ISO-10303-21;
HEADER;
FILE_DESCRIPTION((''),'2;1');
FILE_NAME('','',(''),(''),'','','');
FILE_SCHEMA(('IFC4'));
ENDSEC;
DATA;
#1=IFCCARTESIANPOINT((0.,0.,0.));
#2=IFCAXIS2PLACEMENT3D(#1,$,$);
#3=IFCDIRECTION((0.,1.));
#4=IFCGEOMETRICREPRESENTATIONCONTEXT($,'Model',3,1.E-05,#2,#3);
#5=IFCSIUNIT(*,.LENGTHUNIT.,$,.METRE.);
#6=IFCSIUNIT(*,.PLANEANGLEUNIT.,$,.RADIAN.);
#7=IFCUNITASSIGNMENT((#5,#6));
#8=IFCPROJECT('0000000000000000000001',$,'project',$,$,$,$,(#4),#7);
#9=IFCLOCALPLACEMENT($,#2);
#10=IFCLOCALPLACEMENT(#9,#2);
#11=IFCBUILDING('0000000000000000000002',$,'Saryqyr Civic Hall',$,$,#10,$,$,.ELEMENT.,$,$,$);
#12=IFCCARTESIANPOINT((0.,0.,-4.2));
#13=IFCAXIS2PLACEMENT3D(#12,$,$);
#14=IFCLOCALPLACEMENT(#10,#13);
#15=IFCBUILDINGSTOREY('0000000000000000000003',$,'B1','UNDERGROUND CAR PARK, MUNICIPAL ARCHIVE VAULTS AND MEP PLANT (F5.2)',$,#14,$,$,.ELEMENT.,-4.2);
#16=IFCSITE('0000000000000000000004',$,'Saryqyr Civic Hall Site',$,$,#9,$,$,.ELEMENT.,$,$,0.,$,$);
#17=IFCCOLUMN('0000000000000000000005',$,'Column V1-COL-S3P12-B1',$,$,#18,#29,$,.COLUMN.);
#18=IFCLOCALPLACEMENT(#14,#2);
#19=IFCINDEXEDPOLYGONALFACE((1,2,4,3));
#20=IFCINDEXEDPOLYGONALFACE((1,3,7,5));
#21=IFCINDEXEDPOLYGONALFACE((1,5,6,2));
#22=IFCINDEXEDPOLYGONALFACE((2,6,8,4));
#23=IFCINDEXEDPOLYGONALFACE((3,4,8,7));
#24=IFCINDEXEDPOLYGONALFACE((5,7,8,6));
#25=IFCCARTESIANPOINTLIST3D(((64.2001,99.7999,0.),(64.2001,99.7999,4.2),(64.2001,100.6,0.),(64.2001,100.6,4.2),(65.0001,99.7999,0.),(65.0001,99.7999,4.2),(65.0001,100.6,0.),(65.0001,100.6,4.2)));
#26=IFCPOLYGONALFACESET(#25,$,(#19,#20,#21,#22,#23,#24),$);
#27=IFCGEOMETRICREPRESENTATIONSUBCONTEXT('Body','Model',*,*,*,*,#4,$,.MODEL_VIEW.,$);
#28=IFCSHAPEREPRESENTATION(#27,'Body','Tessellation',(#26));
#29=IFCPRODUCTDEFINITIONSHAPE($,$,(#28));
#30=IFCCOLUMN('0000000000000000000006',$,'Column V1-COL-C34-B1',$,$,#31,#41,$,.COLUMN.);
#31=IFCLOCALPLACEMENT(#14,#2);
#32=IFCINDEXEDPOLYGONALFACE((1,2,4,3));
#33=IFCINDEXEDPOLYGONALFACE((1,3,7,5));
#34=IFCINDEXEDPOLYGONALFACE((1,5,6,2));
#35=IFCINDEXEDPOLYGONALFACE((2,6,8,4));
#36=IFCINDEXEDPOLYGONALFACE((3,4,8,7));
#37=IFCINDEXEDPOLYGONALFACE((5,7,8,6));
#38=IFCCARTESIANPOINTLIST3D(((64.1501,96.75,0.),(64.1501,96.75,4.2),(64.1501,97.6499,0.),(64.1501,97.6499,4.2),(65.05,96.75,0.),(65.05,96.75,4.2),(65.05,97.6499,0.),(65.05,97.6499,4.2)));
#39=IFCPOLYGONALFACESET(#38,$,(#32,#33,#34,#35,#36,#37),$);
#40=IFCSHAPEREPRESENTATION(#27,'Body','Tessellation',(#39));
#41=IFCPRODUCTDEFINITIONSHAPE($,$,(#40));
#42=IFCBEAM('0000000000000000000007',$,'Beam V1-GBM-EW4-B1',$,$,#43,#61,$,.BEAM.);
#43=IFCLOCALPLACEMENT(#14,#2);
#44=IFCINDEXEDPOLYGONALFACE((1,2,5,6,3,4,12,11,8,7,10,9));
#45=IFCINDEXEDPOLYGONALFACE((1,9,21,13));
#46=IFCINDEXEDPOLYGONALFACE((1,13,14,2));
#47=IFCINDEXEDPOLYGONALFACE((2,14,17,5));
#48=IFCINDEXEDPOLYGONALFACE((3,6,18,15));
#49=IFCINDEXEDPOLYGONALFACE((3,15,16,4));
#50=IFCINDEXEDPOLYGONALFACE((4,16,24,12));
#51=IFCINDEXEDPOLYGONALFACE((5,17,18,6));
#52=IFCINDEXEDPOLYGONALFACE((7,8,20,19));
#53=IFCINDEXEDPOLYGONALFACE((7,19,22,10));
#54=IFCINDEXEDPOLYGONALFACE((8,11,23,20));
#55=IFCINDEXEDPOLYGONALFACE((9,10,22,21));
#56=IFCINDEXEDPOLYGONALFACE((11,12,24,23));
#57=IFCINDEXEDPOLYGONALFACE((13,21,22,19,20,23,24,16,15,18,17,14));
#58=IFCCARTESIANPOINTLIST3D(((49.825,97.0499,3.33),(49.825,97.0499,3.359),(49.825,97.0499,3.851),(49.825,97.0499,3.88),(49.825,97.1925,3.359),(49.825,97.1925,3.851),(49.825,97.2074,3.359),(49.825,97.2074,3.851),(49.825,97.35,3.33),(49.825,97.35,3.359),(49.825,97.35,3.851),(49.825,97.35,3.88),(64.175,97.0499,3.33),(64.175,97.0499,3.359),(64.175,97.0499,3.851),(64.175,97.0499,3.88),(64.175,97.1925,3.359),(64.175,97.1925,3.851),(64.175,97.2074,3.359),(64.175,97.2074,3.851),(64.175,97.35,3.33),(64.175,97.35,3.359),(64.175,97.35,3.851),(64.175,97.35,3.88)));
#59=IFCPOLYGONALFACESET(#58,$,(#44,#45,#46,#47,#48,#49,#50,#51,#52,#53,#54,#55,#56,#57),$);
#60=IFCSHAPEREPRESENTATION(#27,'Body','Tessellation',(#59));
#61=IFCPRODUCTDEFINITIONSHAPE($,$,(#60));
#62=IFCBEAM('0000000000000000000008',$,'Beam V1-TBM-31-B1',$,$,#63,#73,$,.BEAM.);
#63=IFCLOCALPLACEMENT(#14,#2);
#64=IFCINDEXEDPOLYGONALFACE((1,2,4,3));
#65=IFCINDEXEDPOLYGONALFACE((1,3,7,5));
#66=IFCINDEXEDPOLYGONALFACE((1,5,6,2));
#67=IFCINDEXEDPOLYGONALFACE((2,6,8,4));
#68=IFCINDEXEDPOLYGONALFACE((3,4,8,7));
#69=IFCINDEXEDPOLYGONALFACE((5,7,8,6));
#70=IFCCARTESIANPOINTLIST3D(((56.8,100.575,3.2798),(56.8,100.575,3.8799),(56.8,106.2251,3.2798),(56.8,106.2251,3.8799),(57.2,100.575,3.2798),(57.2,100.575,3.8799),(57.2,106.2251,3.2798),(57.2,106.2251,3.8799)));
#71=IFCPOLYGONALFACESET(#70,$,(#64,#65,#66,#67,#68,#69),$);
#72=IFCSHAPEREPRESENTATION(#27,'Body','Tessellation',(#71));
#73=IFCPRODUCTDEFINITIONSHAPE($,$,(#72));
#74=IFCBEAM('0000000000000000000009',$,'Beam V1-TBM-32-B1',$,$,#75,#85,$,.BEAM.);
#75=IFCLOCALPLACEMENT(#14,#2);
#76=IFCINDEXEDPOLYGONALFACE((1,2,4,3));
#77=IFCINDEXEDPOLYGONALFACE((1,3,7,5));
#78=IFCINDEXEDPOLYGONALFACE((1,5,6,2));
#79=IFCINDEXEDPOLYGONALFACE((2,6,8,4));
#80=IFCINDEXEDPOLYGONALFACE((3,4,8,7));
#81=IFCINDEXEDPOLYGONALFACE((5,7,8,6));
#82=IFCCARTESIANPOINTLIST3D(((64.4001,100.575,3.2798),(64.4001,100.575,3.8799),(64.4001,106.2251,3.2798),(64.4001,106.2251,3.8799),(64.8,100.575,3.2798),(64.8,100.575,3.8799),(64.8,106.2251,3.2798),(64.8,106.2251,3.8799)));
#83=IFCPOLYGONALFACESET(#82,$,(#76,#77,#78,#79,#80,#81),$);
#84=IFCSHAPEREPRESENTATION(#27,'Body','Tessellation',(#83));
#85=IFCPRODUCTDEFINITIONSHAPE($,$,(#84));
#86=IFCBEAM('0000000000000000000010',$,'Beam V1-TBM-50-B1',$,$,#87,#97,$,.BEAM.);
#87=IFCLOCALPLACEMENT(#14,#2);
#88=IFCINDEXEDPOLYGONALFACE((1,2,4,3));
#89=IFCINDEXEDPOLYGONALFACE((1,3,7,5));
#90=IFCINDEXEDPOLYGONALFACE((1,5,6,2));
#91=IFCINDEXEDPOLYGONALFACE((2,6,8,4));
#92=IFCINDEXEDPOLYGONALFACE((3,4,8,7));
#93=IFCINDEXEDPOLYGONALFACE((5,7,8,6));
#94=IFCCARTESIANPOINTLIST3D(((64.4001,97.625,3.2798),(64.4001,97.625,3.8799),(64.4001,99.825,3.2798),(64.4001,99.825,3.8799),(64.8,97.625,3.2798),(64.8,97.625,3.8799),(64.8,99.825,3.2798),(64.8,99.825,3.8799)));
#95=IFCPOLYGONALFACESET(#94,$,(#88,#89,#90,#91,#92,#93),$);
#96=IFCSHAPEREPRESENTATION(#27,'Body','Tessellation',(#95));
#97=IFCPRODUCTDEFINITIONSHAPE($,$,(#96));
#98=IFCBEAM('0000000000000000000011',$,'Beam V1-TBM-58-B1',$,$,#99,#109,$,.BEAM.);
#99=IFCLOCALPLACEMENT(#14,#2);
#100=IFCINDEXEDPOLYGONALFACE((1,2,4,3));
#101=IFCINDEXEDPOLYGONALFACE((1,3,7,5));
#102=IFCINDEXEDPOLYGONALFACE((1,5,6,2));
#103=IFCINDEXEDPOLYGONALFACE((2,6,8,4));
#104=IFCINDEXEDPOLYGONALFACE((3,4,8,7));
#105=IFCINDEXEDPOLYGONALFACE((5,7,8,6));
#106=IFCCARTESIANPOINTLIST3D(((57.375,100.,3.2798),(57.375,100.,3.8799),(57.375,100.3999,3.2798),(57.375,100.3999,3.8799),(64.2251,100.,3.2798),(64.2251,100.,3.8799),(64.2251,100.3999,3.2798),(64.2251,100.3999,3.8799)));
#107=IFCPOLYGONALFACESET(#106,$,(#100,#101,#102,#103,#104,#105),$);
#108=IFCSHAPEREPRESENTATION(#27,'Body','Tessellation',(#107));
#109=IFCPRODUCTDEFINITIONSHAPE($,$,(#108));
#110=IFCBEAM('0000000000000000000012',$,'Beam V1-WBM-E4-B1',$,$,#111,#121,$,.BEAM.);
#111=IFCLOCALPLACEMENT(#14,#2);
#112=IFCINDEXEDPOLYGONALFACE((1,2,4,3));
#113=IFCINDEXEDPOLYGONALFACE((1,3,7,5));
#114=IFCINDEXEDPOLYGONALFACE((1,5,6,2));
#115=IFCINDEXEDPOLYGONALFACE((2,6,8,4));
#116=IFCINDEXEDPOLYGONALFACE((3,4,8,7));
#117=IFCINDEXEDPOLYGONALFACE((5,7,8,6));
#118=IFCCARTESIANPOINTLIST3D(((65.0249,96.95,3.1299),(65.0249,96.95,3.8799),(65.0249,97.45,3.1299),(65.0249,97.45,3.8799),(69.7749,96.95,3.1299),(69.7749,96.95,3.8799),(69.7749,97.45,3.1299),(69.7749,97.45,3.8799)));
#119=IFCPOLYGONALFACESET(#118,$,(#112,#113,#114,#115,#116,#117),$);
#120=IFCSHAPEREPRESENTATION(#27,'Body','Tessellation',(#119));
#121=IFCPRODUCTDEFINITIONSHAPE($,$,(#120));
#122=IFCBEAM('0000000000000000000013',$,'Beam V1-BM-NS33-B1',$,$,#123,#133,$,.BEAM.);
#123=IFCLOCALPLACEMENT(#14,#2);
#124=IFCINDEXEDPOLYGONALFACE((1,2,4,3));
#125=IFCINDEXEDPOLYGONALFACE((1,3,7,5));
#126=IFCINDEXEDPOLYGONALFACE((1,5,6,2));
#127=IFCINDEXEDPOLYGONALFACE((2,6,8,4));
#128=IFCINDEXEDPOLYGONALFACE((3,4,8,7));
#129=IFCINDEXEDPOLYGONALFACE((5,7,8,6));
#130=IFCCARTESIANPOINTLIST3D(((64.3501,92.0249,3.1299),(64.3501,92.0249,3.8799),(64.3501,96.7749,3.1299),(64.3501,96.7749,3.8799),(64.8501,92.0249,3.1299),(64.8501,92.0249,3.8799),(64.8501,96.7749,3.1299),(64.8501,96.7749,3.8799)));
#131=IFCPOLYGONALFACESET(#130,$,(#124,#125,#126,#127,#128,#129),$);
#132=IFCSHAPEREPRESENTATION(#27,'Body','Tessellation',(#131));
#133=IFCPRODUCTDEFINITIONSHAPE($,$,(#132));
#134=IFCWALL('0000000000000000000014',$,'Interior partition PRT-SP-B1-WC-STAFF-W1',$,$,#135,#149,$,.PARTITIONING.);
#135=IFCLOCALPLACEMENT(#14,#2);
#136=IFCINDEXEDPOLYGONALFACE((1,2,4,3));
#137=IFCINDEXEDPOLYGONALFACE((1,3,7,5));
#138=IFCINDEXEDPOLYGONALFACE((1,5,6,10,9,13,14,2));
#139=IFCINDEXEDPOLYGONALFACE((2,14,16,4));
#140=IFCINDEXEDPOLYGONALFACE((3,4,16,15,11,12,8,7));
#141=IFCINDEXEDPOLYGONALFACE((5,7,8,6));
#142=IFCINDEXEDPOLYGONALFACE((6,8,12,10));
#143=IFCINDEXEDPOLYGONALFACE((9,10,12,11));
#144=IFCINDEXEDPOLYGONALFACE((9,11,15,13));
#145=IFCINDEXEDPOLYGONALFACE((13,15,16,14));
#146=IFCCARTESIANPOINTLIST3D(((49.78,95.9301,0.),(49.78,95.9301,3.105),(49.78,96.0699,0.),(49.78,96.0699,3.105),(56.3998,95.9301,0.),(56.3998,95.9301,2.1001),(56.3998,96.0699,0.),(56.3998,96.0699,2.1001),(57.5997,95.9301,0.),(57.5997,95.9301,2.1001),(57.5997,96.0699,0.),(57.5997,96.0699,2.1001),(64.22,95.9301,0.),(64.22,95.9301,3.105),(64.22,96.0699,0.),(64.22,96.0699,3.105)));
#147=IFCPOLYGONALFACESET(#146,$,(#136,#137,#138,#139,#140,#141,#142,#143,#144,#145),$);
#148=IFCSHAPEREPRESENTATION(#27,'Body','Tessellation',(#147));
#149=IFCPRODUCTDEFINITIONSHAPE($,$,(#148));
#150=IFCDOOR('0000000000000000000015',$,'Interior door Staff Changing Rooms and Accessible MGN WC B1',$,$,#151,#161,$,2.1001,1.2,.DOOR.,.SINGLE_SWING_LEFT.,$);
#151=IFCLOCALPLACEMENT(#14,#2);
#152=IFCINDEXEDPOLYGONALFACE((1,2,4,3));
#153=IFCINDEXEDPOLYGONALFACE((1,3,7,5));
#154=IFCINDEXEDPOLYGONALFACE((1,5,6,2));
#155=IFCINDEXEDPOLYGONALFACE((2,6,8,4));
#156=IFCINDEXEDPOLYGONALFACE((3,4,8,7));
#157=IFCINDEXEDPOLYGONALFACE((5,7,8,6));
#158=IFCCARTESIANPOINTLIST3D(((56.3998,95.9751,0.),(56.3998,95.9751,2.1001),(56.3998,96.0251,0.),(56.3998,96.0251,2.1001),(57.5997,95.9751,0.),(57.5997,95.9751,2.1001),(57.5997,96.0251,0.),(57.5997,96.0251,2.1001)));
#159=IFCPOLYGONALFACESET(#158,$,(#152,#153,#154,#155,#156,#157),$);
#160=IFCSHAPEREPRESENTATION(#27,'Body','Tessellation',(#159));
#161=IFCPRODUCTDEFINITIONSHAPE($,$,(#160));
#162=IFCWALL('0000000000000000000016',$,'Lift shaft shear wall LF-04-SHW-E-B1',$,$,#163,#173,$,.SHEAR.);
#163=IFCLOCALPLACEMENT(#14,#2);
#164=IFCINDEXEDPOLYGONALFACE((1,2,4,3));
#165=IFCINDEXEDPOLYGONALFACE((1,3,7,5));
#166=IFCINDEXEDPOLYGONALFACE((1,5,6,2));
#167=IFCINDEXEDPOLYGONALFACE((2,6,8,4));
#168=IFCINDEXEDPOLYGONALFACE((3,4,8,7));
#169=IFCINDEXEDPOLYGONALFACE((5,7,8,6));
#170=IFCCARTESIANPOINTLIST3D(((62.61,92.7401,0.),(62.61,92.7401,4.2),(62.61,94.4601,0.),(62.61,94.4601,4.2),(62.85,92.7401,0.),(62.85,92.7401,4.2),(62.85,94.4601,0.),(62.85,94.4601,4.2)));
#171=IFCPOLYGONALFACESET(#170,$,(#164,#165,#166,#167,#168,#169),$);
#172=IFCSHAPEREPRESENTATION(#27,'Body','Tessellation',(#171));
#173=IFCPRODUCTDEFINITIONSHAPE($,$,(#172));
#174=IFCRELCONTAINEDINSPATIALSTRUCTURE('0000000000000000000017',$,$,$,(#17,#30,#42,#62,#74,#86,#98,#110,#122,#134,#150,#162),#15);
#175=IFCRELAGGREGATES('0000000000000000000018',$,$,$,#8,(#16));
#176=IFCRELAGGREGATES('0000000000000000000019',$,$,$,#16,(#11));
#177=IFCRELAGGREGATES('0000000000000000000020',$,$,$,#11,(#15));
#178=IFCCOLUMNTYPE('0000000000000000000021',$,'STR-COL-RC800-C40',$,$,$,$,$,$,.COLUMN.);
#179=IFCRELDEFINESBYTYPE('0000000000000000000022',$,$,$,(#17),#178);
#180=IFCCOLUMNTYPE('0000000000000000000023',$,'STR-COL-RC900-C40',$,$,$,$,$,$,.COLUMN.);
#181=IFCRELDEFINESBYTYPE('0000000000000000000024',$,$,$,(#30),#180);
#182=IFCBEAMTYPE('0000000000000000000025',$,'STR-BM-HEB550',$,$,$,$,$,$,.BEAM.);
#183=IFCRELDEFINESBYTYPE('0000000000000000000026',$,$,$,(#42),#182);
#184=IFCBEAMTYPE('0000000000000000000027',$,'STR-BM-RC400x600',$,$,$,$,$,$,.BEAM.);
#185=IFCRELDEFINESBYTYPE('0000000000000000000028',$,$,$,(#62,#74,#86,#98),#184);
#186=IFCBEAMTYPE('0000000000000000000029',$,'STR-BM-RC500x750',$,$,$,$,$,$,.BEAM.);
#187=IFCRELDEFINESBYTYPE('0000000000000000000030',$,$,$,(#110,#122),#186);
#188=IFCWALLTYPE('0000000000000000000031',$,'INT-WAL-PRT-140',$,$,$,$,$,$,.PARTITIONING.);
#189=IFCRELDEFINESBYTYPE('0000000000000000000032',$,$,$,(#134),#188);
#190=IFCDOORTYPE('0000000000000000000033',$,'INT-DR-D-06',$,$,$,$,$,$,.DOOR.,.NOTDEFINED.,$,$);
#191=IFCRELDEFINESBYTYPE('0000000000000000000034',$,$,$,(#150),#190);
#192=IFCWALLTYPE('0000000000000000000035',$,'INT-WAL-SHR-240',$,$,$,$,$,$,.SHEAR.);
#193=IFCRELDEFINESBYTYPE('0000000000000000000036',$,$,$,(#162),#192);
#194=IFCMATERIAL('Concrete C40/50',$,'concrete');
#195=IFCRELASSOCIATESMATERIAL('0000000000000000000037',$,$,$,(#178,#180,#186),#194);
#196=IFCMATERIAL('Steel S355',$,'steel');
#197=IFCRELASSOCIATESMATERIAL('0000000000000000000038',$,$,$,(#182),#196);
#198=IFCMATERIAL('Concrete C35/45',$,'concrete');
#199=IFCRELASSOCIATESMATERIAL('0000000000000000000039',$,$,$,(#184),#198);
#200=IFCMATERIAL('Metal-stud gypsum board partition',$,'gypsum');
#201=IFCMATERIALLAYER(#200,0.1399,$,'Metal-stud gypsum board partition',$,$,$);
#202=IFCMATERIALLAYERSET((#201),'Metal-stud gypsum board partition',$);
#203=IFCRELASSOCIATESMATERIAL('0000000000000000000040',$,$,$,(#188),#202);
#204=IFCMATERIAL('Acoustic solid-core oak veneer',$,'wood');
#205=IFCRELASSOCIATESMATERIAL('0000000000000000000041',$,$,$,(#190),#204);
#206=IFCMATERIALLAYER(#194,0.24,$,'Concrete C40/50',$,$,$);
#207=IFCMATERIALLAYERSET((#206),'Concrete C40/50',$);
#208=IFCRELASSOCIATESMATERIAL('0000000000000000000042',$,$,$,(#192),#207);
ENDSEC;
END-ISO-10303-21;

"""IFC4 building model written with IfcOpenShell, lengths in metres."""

from ifc_helpers import new_model, si_unit, direction, frame, frame_2d, origin, origin_2d, place, context, subcontext, project, spatial, rectangle, i_section, extrude, material, layer, layer_set, material_profile, profile_set, type_object, element, fill, save


model = new_model("IFC4")

# Units and contexts
model_context = context("Model", 3, precision=1e-05, world=origin(), true_north=direction((0.0, 1.0)))
body_context = subcontext(model_context, "Body", "Model", "MODEL_VIEW")
ifc_project = project(units=[si_unit("LENGTHUNIT", "METRE"), si_unit("PLANEANGLEUNIT", "RADIAN")], contexts=[model_context])

# Site, building, storey
site_placement = place(None, origin())
site = spatial("IfcSite", under=ifc_project, at=site_placement, Name="Saryqyr Civic Hall Site", CompositionType="ELEMENT", RefElevation=0.0)
building_placement = place(site_placement, origin())
building = spatial("IfcBuilding", under=site, at=building_placement, Name="Saryqyr Civic Hall", CompositionType="ELEMENT")
storey_placement = place(building_placement, frame((0.0, 0.0, -4.2)))
storey = spatial("IfcBuildingStorey", under=building, at=storey_placement, Name="B1", Description="UNDERGROUND CAR PARK, MUNICIPAL ARCHIVE VAULTS AND MEP PLANT (F5.2)", CompositionType="ELEMENT", Elevation=-4.2)

# Shared definitions
ifc_material_1 = material(Name="Concrete C35/45", Category="concrete")

# Columns
ifc_material_2 = material(Name="Concrete C40/50", Category="concrete")
ifc_material_profile_1 = material_profile(ifc_material_2, rectangle(XDim=0.8, YDim=0.8, at=origin_2d()), Name="RC 800x800")
ifc_profile_set_1 = profile_set([ifc_material_profile_1], Name="Concrete C40/50")
column_type_1 = type_object("IfcColumnType", Name="STR-COL-RC800-C40", PredefinedType="COLUMN", material=ifc_profile_set_1)
for number, where, z_axis, x_axis, name in (
    (1, (64.6001, 100.2, 0.0), (0.0, 0.0, 1.0), (1.0, 0.0, 0.0), "Column V1-COL-S3P12-B1"),
):
    element("IfcColumn", number, at=place(storey_placement, frame(where, z_axis=z_axis, x_axis=x_axis)), inside=storey, type_object=column_type_1, Name=name, PredefinedType="COLUMN", context=body_context, shape_type="SweptSolid", body=[
        extrude(rectangle(XDim=0.8, YDim=0.8, at=origin_2d()), origin(), (0.0, 0.0, 1.0), 4.2),
    ])
ifc_material_profile_2 = material_profile(ifc_material_2, rectangle(XDim=0.8999, YDim=0.8999, at=origin_2d()), Name="RC 900x900")
ifc_profile_set_2 = profile_set([ifc_material_profile_2], Name="Concrete C40/50")
column_type_2 = type_object("IfcColumnType", Name="STR-COL-RC900-C40", PredefinedType="COLUMN", material=ifc_profile_set_2)
column_placement = place(storey_placement, frame((64.6001, 97.2, 0.0), z_axis=(0.0, 0.0, 1.0), x_axis=(1.0, 0.0, 0.0)))
element("IfcColumn", 2, at=column_placement, inside=storey, type_object=column_type_2, Name="Column V1-COL-C34-B1", PredefinedType="COLUMN", context=body_context, shape_type="SweptSolid", body=[
    extrude(rectangle(XDim=0.8999, YDim=0.8999, at=origin_2d()), origin(), (0.0, 0.0, 1.0), 4.2),
])

# Beams
ifc_material_3 = material(Name="Steel S355", Category="steel")
ifc_material_profile_3 = material_profile(ifc_material_3, i_section(OverallWidth=0.3, OverallDepth=0.55, WebThickness=0.0149, FlangeThickness=0.0291, at=origin_2d()), Name="HEB 550")
ifc_profile_set_3 = profile_set([ifc_material_profile_3], Name="Steel S355")
beam_type_1 = type_object("IfcBeamType", Name="STR-BM-HEB550", PredefinedType="BEAM", material=ifc_profile_set_3)
beam_1_placement = place(storey_placement, frame((49.825, 97.2, 3.605), z_axis=(1.0, 0.0, 0.0), x_axis=(0.0, 1.0, 0.0)))
element("IfcBeam", 3, at=beam_1_placement, inside=storey, type_object=beam_type_1, Name="Beam V1-GBM-EW4-B1", PredefinedType="BEAM", context=body_context, shape_type="SweptSolid", body=[
    extrude(i_section(OverallWidth=0.3, OverallDepth=0.55, WebThickness=0.0149, FlangeThickness=0.0291, at=origin_2d()), origin(), (0.0, 0.0, 1.0), 14.3501),
])
ifc_material_profile_4 = material_profile(ifc_material_1, rectangle(XDim=0.3999, YDim=0.6001, at=origin_2d()), Name="RC 400x600")
ifc_profile_set_4 = profile_set([ifc_material_profile_4], Name="Concrete C35/45")
beam_type_2 = type_object("IfcBeamType", Name="STR-BM-RC400x600", PredefinedType="BEAM", material=ifc_profile_set_4)
for number, where, z_axis, x_axis, name in (
    (4, (57.0, 100.575, 3.5798), (0.0, 1.0, 0.0), (-1.0, 0.0, 0.0), "Beam V1-TBM-31-B1"),
    (5, (64.6001, 100.575, 3.5798), (0.0, 1.0, 0.0), (-1.0, 0.0, 0.0), "Beam V1-TBM-32-B1"),
):
    element("IfcBeam", number, at=place(storey_placement, frame(where, z_axis=z_axis, x_axis=x_axis)), inside=storey, type_object=beam_type_2, Name=name, PredefinedType="BEAM", context=body_context, shape_type="SweptSolid", body=[
        extrude(rectangle(XDim=0.3999, YDim=0.6001, at=origin_2d()), origin(), (0.0, 0.0, 1.0), 5.6501),
    ])
beam_2_placement = place(storey_placement, frame((64.6001, 97.625, 3.5798), z_axis=(0.0, 1.0, 0.0), x_axis=(-1.0, 0.0, 0.0)))
element("IfcBeam", 6, at=beam_2_placement, inside=storey, type_object=beam_type_2, Name="Beam V1-TBM-50-B1", PredefinedType="BEAM", context=body_context, shape_type="SweptSolid", body=[
    extrude(rectangle(XDim=0.3999, YDim=0.6001, at=origin_2d()), origin(), (0.0, 0.0, 1.0), 2.2),
])
beam_3_placement = place(storey_placement, frame((57.375, 100.2, 3.5798), z_axis=(1.0, 0.0, 0.0), x_axis=(0.0, 1.0, 0.0)))
element("IfcBeam", 7, at=beam_3_placement, inside=storey, type_object=beam_type_2, Name="Beam V1-TBM-58-B1", PredefinedType="BEAM", context=body_context, shape_type="SweptSolid", body=[
    extrude(rectangle(XDim=0.3999, YDim=0.6001, at=origin_2d()), origin(), (0.0, 0.0, 1.0), 6.8501),
])
ifc_material_profile_5 = material_profile(ifc_material_2, rectangle(XDim=0.5, YDim=0.75, at=origin_2d()), Name="RC 500x750")
ifc_profile_set_5 = profile_set([ifc_material_profile_5], Name="Concrete C40/50")
beam_type_3 = type_object("IfcBeamType", Name="STR-BM-RC500x750", PredefinedType="BEAM", material=ifc_profile_set_5)
for number, where, z_axis, x_axis, name in (
    (8, (65.0249, 97.2, 3.5049), (1.0, 0.0, 0.0), (0.0, 1.0, 0.0), "Beam V1-WBM-E4-B1"),
    (9, (64.6001, 92.0249, 3.5049), (0.0, 1.0, 0.0), (-1.0, 0.0, 0.0), "Beam V1-BM-NS33-B1"),
):
    element("IfcBeam", number, at=place(storey_placement, frame(where, z_axis=z_axis, x_axis=x_axis)), inside=storey, type_object=beam_type_3, Name=name, PredefinedType="BEAM", context=body_context, shape_type="SweptSolid", body=[
        extrude(rectangle(XDim=0.5, YDim=0.75, at=origin_2d()), origin(), (0.0, 0.0, 1.0), 4.75),
    ])

# Wall, opening, door
ifc_material_4 = material(Name="Metal-stud gypsum board partition", Category="gypsum")
ifc_layer_1 = layer(ifc_material_4, 0.1399, Name="Metal-stud gypsum board partition")
ifc_layer_set_1 = layer_set([ifc_layer_1], Name="Metal-stud gypsum board partition")
wall_type_1 = type_object("IfcWallType", Name="INT-WAL-PRT-140", PredefinedType="PARTITIONING", material=ifc_layer_set_1)
wall_1_placement = place(storey_placement, frame((64.22, 96.0, 0.0), z_axis=(0.0, 0.0, 1.0), x_axis=(-1.0, 0.0, 0.0)))
wall_1 = element("IfcWall", 10, at=wall_1_placement, inside=storey, type_object=wall_type_1, Name="Interior partition PRT-SP-B1-WC-STAFF-W1", PredefinedType="PARTITIONING", context=body_context, shape_type="SweptSolid", body=[
    extrude(rectangle(XDim=14.4399, YDim=0.1399, at=frame_2d((7.22, 0.0))), origin(), (0.0, 0.0, 1.0), 3.105),
])
opening_1_placement = place(wall_1_placement, frame((6.6201, 0.0, 0.0)))
opening_1 = element("IfcOpeningElement", 11, at=opening_1_placement, cuts=wall_1, PredefinedType="OPENING", context=body_context, shape_type="SweptSolid", body=[
    extrude(rectangle(XDim=1.2, YDim=2.1001, at=frame_2d((0.6001, 1.05))), frame((0.0, 0.0798, 0.0), z_axis=(0.0, -1.0, 0.0), x_axis=(1.0, 0.0, 0.0)), (0.0, 0.0, 1.0), 0.1599),
])
ifc_material_5 = material(Name="Acoustic solid-core oak veneer", Category="wood")
door_type_1 = type_object("IfcDoorType", Name="INT-DR-D-06", OperationType="NOTDEFINED", PredefinedType="DOOR", material=ifc_material_5)
door_1_placement = place(opening_1_placement, origin())
door_1 = element("IfcDoor", 12, at=door_1_placement, inside=storey, type_object=door_type_1, Name="Interior door Staff Changing Rooms and Accessible MGN WC B1", OperationType="SINGLE_SWING_LEFT", OverallHeight=2.1001, OverallWidth=1.2, PredefinedType="DOOR", context=body_context, shape_type="SweptSolid", body=[
    extrude(rectangle(XDim=1.2, YDim=2.1001, at=frame_2d((0.6001, 1.05))), frame((0.0, 0.0249, 0.0), z_axis=(0.0, -1.0, 0.0), x_axis=(1.0, 0.0, 0.0)), (0.0, 0.0, 1.0), 0.05),
])
fill(opening_1, door_1)
ifc_layer_2 = layer(ifc_material_2, 0.24, Name="Concrete C40/50")
ifc_layer_set_2 = layer_set([ifc_layer_2], Name="Concrete C40/50")
wall_type_2 = type_object("IfcWallType", Name="INT-WAL-SHR-240", PredefinedType="SHEAR", material=ifc_layer_set_2)

# Wall
wall_2_placement = place(storey_placement, frame((62.73, 94.46, 0.0), z_axis=(0.0, 0.0, 1.0), x_axis=(0.0, -1.0, 0.0)))
element("IfcWall", 13, at=wall_2_placement, inside=storey, type_object=wall_type_2, Name="Lift shaft shear wall LF-04-SHW-E-B1", PredefinedType="SHEAR", context=body_context, shape_type="SweptSolid", body=[
    extrude(rectangle(XDim=1.72, YDim=0.24, at=frame_2d((0.8599, 0.0))), origin(), (0.0, 0.0, 1.0), 4.2),
])

save(model, "model.ifc")
